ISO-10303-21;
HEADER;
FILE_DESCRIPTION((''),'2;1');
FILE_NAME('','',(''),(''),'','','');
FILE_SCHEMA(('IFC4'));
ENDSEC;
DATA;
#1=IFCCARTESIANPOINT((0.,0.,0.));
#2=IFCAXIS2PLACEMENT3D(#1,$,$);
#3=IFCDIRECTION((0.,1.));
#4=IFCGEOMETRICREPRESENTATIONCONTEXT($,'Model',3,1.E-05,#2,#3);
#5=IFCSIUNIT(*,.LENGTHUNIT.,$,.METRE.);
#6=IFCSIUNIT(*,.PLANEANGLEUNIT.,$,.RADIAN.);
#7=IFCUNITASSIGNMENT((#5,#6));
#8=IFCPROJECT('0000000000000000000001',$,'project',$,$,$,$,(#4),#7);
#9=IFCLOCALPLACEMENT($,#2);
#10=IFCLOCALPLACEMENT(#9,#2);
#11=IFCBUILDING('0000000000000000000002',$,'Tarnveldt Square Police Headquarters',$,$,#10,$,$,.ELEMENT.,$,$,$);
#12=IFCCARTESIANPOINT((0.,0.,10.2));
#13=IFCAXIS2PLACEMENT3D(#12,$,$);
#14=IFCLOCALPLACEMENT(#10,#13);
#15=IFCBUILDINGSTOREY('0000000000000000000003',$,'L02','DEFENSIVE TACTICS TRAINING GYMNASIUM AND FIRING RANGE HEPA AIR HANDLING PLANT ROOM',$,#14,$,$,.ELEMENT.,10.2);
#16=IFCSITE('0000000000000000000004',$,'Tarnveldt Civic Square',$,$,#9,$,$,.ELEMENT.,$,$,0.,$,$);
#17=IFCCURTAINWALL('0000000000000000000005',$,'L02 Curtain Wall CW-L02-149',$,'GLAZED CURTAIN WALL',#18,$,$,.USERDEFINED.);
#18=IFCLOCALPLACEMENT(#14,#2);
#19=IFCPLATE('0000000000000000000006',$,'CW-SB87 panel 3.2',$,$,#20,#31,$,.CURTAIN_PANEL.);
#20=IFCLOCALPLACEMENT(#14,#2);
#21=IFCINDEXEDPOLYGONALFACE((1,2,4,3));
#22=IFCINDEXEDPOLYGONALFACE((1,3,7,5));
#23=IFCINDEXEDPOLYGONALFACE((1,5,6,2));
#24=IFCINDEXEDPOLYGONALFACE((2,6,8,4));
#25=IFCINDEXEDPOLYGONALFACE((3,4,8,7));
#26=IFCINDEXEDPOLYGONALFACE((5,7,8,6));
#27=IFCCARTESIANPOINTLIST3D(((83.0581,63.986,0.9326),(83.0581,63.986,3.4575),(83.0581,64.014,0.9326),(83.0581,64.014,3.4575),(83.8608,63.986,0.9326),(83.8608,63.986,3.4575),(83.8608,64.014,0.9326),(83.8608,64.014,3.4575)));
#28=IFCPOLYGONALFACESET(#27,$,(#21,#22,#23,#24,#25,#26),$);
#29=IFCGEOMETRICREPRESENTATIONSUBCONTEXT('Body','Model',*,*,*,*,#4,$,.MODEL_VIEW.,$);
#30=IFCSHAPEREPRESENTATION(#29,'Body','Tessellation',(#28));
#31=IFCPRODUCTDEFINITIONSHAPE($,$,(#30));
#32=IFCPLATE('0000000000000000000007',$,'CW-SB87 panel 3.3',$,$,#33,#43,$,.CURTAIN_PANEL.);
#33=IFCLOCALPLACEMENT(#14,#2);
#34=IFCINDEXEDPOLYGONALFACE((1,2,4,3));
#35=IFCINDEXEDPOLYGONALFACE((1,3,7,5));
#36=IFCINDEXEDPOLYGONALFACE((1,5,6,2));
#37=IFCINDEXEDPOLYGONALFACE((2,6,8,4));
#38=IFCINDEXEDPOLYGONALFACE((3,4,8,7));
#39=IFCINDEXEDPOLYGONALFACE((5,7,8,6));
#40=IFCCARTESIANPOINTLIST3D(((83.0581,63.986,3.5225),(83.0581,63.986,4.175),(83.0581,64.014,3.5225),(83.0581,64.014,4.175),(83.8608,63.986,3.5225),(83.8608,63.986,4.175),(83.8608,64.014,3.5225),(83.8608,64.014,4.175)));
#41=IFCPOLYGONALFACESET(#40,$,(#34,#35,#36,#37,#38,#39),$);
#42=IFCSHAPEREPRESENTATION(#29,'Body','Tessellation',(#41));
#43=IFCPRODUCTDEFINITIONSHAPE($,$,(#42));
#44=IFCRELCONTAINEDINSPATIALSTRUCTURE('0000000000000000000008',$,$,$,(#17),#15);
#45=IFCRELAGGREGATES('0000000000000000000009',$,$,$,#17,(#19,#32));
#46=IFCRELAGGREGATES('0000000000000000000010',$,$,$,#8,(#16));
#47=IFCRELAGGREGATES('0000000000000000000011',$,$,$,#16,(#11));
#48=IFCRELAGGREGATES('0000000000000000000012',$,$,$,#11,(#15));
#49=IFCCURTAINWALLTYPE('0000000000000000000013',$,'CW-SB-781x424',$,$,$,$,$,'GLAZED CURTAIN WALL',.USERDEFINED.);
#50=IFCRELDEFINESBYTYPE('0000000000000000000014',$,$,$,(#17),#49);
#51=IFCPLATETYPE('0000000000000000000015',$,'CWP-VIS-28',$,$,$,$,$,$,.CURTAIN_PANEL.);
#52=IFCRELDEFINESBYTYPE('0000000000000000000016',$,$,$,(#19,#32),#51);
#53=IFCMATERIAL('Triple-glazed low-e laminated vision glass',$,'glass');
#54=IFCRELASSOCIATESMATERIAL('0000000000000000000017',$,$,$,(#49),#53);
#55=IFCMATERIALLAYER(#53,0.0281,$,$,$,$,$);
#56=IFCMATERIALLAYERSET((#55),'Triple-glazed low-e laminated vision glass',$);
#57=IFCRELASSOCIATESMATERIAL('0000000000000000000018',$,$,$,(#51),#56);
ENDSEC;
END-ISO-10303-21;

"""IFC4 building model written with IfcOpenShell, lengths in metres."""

from ifc_helpers import new_model, si_unit, direction, frame, origin, origin_2d, place, context, subcontext, project, spatial, rectangle, extrude, material, layer, layer_set, type_object, element, aggregate, save


model = new_model("IFC4")

# Units and contexts
model_context = context("Model", 3, precision=1e-05, world=origin(), true_north=direction((0.0, 1.0)))
body_context = subcontext(model_context, "Body", "Model", "MODEL_VIEW")
ifc_project = project(units=[si_unit("LENGTHUNIT", "METRE"), si_unit("PLANEANGLEUNIT", "RADIAN")], contexts=[model_context])

# Site, building, storey
site_placement = place(None, origin())
site = spatial("IfcSite", under=ifc_project, at=site_placement, Name="Tarnveldt Civic Square", CompositionType="ELEMENT", RefElevation=0.0)
building_placement = place(site_placement, origin())
building = spatial("IfcBuilding", under=site, at=building_placement, Name="Tarnveldt Square Police Headquarters", CompositionType="ELEMENT")
storey_placement = place(building_placement, frame((0.0, 0.0, 10.2)))
storey = spatial("IfcBuildingStorey", under=building, at=storey_placement, Name="L02", Description="DEFENSIVE TACTICS TRAINING GYMNASIUM AND FIRING RANGE HEPA AIR HANDLING PLANT ROOM", CompositionType="ELEMENT", Elevation=10.2)

# Curtain wall
ifc_material_1 = material(Name="Triple-glazed low-e laminated vision glass", Category="glass")
curtain_wall_type_1 = type_object("IfcCurtainWallType", Name="CW-SB-781x424", ElementType="GLAZED CURTAIN WALL", PredefinedType="USERDEFINED", material=ifc_material_1)
curtain_wall_1_placement = place(storey_placement, origin())
curtain_wall_1 = element("IfcCurtainWall", 1, at=curtain_wall_1_placement, inside=storey, type_object=curtain_wall_type_1, Name="L02 Curtain Wall CW-L02-149", ObjectType="GLAZED CURTAIN WALL", PredefinedType="USERDEFINED")

# Plates
ifc_layer = layer(ifc_material_1, 0.0281)
ifc_layer_set = layer_set([ifc_layer], Name="Triple-glazed low-e laminated vision glass")
plate_type = type_object("IfcPlateType", Name="CWP-VIS-28", PredefinedType="CURTAIN_PANEL", material=ifc_layer_set)
plate_1_placement = place(storey_placement, frame((83.4595, 64.0, 0.9326), z_axis=(0.0, 0.0, 1.0), x_axis=(1.0, 0.0, 0.0)))
plate_1 = element("IfcPlate", 2, at=plate_1_placement, type_object=plate_type, Name="CW-SB87 panel 3.2", PredefinedType="CURTAIN_PANEL", context=body_context, shape_type="SweptSolid", body=[
    extrude(rectangle(XDim=0.8027, YDim=0.0281, at=origin_2d()), origin(), (0.0, 0.0, 1.0), 2.5249),
])
plate_2_placement = place(storey_placement, frame((83.4595, 64.0, 3.5225), z_axis=(0.0, 0.0, 1.0), x_axis=(1.0, 0.0, 0.0)))
plate_2 = element("IfcPlate", 3, at=plate_2_placement, type_object=plate_type, Name="CW-SB87 panel 3.3", PredefinedType="CURTAIN_PANEL", context=body_context, shape_type="SweptSolid", body=[
    extrude(rectangle(XDim=0.8027, YDim=0.0281, at=origin_2d()), origin(), (0.0, 0.0, 1.0), 0.6526),
])
aggregate(curtain_wall_1, [plate_1, plate_2])

save(model, "model.ifc")
